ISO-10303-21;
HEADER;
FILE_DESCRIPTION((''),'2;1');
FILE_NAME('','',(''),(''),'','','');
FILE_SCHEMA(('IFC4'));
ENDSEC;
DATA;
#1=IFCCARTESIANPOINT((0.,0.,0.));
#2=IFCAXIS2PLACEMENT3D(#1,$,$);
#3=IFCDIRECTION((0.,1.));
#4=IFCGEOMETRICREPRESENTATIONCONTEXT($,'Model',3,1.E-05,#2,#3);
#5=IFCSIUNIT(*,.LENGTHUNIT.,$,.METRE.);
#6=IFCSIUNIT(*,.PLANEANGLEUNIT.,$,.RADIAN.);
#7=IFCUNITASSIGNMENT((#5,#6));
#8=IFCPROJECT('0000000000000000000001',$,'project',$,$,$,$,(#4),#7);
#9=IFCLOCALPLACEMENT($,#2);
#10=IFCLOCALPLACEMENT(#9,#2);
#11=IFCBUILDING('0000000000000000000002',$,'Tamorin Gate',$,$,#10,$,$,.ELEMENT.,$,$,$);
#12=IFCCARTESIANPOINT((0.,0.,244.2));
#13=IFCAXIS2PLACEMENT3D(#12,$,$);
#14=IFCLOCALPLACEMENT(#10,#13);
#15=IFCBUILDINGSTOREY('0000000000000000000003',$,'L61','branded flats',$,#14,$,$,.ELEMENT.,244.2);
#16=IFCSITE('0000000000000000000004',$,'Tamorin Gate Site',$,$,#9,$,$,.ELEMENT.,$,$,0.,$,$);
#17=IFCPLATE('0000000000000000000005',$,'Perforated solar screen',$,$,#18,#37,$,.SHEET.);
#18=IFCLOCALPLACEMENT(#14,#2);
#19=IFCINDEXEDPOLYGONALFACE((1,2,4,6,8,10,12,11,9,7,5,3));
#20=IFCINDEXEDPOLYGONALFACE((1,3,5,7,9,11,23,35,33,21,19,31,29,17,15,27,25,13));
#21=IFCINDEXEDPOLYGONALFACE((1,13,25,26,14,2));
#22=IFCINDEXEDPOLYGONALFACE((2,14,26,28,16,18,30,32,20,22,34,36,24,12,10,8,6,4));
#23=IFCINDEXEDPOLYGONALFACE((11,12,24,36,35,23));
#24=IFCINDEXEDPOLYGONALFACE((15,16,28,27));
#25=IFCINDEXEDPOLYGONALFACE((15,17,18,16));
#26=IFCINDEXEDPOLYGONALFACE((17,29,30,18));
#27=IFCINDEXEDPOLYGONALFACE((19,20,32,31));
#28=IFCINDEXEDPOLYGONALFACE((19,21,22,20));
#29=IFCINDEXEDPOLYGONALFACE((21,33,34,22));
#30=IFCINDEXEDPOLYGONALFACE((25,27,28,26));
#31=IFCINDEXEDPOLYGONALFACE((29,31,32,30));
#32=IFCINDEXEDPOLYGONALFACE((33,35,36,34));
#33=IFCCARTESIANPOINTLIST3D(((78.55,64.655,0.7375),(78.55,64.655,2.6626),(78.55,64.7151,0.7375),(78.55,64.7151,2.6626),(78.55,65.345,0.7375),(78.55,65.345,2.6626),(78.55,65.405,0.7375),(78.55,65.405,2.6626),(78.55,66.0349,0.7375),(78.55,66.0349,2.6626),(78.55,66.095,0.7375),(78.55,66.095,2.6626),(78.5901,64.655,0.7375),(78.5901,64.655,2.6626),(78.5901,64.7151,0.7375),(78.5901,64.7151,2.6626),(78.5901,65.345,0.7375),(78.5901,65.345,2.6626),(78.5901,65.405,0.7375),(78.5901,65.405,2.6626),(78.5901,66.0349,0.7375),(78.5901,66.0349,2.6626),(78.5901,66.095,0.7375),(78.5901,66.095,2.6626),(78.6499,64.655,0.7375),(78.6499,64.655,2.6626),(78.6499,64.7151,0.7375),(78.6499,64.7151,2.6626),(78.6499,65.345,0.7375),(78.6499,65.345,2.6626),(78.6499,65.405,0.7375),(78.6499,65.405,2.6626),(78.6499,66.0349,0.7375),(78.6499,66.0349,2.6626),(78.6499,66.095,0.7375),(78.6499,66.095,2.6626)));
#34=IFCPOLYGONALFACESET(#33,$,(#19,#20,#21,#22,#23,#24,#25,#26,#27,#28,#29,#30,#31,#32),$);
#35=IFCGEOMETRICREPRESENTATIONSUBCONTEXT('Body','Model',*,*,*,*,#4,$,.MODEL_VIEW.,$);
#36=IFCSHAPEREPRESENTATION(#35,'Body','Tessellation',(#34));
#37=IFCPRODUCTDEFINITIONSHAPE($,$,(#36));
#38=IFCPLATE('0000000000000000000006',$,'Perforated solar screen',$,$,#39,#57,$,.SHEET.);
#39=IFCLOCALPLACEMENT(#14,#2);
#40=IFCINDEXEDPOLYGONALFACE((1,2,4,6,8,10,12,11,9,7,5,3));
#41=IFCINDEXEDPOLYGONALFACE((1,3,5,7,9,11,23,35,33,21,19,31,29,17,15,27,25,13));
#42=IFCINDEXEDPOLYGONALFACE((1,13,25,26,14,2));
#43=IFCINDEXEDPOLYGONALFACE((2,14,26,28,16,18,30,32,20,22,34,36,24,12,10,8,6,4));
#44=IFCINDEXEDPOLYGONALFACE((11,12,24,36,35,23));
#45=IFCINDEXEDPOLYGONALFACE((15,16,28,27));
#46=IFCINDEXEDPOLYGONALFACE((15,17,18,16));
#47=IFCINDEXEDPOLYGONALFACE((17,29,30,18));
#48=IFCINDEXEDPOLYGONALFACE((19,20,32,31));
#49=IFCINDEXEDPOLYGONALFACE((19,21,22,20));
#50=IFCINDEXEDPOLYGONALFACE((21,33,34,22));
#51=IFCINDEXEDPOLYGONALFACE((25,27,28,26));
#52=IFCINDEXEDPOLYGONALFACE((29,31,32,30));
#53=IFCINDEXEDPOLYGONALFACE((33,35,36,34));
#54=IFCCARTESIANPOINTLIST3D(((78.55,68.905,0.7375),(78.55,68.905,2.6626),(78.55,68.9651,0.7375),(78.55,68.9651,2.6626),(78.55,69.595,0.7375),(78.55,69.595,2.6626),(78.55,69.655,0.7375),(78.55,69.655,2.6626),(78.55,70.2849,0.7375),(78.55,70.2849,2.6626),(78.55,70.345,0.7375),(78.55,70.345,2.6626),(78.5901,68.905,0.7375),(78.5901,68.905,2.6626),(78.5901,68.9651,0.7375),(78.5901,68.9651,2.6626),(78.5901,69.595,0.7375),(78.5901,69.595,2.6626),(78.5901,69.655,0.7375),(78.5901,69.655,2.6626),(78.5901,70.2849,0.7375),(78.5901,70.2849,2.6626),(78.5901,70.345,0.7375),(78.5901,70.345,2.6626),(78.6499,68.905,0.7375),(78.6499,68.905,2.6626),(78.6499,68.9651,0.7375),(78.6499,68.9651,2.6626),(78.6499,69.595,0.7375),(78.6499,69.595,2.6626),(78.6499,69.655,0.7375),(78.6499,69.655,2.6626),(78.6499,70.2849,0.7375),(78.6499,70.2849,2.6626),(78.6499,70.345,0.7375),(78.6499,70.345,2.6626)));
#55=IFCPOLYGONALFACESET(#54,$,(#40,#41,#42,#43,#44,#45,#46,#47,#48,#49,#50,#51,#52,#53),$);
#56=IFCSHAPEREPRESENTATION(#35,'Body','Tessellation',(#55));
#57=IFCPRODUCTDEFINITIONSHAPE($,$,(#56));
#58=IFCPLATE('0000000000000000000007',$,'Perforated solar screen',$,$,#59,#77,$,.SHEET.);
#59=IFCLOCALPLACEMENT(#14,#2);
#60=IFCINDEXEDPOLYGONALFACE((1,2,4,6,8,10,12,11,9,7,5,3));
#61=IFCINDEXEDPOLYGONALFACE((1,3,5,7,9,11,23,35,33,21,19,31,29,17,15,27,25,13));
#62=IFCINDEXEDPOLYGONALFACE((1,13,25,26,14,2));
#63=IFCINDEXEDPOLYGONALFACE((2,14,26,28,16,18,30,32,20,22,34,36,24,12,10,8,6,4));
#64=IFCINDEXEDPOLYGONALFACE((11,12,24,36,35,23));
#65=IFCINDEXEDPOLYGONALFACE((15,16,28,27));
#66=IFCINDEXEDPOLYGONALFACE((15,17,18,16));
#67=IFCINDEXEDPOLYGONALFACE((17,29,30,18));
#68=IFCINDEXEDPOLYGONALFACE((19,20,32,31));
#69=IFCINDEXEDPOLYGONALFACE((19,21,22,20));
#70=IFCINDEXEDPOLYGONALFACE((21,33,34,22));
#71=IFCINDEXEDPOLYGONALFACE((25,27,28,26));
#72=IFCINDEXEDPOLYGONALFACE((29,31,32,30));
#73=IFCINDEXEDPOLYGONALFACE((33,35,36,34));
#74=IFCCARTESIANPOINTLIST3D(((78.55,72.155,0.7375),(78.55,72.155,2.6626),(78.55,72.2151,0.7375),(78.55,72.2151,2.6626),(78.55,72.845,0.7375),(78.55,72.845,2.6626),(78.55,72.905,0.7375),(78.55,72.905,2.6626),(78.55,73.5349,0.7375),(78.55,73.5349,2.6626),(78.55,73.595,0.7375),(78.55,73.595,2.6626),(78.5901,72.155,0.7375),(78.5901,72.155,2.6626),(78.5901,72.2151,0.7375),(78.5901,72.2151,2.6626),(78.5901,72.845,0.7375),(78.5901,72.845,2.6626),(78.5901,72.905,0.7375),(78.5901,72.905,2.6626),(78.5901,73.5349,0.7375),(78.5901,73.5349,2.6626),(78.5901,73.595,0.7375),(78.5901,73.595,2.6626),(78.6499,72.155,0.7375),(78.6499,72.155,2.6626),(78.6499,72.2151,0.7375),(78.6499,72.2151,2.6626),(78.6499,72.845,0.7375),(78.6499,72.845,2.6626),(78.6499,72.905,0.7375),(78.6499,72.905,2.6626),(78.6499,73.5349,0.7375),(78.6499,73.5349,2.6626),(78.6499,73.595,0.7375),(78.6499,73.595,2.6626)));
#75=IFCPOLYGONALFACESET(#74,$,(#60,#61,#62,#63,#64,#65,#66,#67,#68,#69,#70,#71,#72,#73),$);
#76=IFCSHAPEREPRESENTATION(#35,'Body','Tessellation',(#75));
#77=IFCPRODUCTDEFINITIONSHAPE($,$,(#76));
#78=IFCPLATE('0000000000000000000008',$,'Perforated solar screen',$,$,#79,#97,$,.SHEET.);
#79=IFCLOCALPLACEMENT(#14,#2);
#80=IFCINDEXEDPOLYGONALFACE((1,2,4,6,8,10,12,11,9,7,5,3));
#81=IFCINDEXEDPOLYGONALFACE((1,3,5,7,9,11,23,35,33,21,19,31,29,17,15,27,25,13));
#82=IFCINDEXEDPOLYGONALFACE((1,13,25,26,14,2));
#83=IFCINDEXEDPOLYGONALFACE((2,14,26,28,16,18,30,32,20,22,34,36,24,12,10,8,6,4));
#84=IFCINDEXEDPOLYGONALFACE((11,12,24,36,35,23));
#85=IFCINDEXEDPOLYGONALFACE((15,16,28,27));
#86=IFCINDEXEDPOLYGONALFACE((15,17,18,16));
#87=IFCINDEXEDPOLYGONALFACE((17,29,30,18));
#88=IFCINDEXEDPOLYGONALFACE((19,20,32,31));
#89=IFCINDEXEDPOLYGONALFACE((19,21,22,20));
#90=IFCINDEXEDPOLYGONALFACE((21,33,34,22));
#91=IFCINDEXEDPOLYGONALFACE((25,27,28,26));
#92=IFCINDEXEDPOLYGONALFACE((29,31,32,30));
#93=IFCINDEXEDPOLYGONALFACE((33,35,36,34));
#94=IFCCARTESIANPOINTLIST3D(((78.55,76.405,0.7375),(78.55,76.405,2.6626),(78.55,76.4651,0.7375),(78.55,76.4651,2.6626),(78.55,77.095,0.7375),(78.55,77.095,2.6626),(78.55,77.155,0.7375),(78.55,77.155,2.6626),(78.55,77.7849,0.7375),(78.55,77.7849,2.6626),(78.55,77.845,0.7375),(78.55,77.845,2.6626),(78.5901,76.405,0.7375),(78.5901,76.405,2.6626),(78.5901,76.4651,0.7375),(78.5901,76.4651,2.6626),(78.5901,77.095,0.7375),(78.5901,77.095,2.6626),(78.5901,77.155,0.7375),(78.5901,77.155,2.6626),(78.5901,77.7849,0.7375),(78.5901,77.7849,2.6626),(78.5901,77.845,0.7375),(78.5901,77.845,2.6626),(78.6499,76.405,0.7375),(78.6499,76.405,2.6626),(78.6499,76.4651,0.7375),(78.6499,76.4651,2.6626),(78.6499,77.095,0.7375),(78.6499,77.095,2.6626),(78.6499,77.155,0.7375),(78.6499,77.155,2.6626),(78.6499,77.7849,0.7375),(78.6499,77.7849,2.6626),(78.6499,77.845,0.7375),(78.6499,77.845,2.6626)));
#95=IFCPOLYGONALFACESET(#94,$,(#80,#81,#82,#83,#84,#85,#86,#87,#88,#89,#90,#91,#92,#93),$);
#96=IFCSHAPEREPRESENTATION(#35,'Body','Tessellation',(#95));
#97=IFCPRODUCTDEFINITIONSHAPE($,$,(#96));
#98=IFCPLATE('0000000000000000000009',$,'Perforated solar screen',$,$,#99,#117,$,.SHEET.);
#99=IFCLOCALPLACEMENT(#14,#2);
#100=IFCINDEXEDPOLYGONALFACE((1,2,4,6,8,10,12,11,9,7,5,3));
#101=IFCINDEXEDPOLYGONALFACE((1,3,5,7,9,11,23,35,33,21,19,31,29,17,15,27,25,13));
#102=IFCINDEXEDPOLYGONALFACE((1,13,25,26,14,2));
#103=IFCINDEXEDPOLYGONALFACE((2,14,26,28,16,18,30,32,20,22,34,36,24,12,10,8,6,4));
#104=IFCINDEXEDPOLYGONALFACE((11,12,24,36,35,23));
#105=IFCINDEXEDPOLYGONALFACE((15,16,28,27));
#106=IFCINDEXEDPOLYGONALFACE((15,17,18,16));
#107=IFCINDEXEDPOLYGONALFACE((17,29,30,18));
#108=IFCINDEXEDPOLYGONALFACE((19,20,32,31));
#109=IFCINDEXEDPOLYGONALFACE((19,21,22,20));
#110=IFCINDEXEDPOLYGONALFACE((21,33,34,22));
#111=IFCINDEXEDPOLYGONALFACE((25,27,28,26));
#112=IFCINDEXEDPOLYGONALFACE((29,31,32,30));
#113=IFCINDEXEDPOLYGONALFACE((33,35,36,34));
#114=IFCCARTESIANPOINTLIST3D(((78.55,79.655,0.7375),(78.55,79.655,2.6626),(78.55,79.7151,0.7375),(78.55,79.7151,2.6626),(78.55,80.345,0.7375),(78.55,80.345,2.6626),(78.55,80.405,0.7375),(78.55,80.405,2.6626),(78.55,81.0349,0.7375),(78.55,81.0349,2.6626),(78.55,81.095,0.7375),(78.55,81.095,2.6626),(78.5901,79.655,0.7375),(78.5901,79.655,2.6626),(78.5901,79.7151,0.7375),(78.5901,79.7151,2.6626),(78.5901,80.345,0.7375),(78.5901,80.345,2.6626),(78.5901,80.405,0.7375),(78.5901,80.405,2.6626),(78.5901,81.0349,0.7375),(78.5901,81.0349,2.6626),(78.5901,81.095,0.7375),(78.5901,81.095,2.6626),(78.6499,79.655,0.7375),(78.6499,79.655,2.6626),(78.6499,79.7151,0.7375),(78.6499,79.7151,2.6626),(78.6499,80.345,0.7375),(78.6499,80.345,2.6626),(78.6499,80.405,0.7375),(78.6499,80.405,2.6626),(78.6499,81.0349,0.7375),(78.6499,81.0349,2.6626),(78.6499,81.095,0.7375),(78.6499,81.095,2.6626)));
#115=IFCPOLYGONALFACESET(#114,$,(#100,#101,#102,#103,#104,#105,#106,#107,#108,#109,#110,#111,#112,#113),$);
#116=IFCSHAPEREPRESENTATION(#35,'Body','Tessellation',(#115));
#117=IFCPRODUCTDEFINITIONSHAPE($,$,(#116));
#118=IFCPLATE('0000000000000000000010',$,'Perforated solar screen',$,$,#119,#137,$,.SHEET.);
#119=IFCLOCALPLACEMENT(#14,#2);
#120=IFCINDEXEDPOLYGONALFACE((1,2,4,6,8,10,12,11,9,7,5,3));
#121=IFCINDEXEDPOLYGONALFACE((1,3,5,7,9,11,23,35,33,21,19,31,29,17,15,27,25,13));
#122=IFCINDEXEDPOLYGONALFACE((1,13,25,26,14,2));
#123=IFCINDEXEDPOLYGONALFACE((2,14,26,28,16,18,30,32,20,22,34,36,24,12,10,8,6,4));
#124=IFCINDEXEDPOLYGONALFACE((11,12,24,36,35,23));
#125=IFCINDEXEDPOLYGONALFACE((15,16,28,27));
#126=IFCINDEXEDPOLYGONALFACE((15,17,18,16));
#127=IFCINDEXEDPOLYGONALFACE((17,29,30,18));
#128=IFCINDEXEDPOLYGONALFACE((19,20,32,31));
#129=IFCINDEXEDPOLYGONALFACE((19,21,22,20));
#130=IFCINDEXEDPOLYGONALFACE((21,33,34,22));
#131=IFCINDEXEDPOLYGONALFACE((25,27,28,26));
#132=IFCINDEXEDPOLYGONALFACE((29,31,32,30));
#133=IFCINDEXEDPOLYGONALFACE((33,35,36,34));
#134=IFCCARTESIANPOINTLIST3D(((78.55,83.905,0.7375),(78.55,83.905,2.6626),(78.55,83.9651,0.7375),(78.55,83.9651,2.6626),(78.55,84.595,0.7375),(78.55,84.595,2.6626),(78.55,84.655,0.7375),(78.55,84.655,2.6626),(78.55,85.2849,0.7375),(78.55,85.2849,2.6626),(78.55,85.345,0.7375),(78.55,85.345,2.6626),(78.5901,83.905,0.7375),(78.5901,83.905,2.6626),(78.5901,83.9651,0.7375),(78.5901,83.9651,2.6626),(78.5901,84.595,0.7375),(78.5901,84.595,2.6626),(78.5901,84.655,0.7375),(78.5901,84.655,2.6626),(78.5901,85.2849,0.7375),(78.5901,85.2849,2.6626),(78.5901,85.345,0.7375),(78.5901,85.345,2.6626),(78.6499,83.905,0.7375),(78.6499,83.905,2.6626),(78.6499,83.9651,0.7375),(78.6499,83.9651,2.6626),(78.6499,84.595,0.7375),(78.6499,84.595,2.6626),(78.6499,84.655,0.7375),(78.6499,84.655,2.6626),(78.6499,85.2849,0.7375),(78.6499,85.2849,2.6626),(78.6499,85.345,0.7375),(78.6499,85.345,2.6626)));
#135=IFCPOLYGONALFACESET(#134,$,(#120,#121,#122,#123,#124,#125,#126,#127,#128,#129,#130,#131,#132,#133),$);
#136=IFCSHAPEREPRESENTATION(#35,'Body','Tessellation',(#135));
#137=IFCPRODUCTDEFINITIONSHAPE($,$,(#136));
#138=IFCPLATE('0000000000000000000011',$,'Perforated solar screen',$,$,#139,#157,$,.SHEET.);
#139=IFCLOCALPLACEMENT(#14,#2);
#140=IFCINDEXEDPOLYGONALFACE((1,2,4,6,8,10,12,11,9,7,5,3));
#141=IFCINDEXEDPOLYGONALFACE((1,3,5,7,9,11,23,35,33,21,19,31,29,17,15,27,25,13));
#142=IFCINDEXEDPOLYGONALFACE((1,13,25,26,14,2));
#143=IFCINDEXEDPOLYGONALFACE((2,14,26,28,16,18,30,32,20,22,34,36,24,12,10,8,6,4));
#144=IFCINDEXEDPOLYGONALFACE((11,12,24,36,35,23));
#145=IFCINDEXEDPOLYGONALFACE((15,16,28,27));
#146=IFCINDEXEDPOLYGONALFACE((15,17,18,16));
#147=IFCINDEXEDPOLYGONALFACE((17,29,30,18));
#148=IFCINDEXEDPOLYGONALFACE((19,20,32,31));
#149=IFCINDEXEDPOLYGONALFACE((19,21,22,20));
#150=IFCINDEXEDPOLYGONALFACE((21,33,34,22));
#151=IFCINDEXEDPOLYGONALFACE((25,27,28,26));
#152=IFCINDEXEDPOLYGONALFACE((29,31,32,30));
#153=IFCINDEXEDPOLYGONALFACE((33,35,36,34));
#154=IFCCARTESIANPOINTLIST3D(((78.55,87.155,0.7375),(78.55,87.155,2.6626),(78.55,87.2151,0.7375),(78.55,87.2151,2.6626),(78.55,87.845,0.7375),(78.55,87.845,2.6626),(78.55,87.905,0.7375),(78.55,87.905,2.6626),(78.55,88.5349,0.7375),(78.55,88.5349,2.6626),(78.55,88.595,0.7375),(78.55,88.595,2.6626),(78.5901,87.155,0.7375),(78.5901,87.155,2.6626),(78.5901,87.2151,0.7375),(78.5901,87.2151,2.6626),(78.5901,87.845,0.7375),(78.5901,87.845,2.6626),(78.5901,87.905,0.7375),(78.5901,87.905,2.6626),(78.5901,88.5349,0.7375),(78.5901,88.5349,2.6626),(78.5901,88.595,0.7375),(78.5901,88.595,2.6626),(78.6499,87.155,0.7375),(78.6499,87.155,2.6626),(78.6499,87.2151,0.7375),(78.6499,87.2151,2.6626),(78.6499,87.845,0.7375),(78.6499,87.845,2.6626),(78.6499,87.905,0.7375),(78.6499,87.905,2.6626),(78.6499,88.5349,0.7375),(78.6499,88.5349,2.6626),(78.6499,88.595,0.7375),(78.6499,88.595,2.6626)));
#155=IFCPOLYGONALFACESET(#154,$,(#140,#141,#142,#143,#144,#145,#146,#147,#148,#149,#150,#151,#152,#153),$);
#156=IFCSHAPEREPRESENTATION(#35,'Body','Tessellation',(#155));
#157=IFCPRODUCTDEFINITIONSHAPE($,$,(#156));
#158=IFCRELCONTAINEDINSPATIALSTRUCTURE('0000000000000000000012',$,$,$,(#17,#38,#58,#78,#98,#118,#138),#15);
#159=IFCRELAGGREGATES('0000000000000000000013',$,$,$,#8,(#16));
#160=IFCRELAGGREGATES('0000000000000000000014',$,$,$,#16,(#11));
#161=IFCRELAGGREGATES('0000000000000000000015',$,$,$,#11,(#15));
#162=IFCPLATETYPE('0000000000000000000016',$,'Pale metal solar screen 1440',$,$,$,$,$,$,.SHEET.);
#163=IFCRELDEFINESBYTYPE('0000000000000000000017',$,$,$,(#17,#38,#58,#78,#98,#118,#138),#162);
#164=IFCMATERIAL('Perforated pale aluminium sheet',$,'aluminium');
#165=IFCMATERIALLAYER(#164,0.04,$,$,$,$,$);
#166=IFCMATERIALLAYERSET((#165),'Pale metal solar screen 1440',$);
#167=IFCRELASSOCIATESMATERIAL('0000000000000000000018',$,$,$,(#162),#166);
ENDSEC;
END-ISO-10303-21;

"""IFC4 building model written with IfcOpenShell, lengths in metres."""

from ifc_helpers import new_model, si_unit, direction, frame, origin, place, context, subcontext, project, spatial, polyline, outline, extrude, material, layer, layer_set, type_object, element, save


model = new_model("IFC4")

# Units and contexts
model_context = context("Model", 3, precision=1e-05, world=origin(), true_north=direction((0.0, 1.0)))
body_context = subcontext(model_context, "Body", "Model", "MODEL_VIEW")
ifc_project = project(units=[si_unit("LENGTHUNIT", "METRE"), si_unit("PLANEANGLEUNIT", "RADIAN")], contexts=[model_context])

# Site, building, storey
site_placement = place(None, origin())
site = spatial("IfcSite", under=ifc_project, at=site_placement, Name="Tamorin Gate Site", CompositionType="ELEMENT", RefElevation=0.0)
building_placement = place(site_placement, origin())
building = spatial("IfcBuilding", under=site, at=building_placement, Name="Tamorin Gate", CompositionType="ELEMENT")
storey_placement = place(building_placement, frame((0.0, 0.0, 244.2)))
storey = spatial("IfcBuildingStorey", under=building, at=storey_placement, Name="L61", Description="branded flats", CompositionType="ELEMENT", Elevation=244.2)

# Plates
ifc_material_1 = material(Name="Perforated pale aluminium sheet", Category="aluminium")
ifc_layer_1 = layer(ifc_material_1, 0.04)
ifc_layer_set_1 = layer_set([ifc_layer_1], Name="Pale metal solar screen 1440")
plate_type = type_object("IfcPlateType", Name="Pale metal solar screen 1440", PredefinedType="SHEET", material=ifc_layer_set_1)
plate_1_placement = place(storey_placement, frame((0.0, 0.0, 0.7375)))
element("IfcPlate", 1, at=plate_1_placement, inside=storey, type_object=plate_type, Name="Perforated solar screen", PredefinedType="SHEET", context=body_context, shape_type="SweptSolid", body=[
    extrude(outline(polyline([(78.5901, 64.655), (78.55, 64.655), (78.55, 64.7151), (78.55, 65.345), (78.55, 65.405), (78.55, 66.0349), (78.55, 66.095), (78.5901, 66.095), (78.6499, 66.095), (78.6499, 66.0349), (78.5901, 66.0349), (78.5901, 65.405), (78.6499, 65.405), (78.6499, 65.345), (78.5901, 65.345), (78.5901, 64.7151), (78.6499, 64.7151), (78.6499, 64.655), (78.5901, 64.655)])), origin(), (0.0, 0.0, 1.0), 1.925),
])
plate_2_placement = place(storey_placement, frame((0.0, 0.0, 0.7375)))
element("IfcPlate", 2, at=plate_2_placement, inside=storey, type_object=plate_type, Name="Perforated solar screen", PredefinedType="SHEET", context=body_context, shape_type="SweptSolid", body=[
    extrude(outline(polyline([(78.5901, 68.905), (78.55, 68.905), (78.55, 68.9651), (78.55, 69.595), (78.55, 69.655), (78.55, 70.2849), (78.55, 70.345), (78.5901, 70.345), (78.6499, 70.345), (78.6499, 70.2849), (78.5901, 70.2849), (78.5901, 69.655), (78.6499, 69.655), (78.6499, 69.595), (78.5901, 69.595), (78.5901, 68.9651), (78.6499, 68.9651), (78.6499, 68.905), (78.5901, 68.905)])), origin(), (0.0, 0.0, 1.0), 1.925),
])
plate_3_placement = place(storey_placement, frame((0.0, 0.0, 0.7375)))
element("IfcPlate", 3, at=plate_3_placement, inside=storey, type_object=plate_type, Name="Perforated solar screen", PredefinedType="SHEET", context=body_context, shape_type="SweptSolid", body=[
    extrude(outline(polyline([(78.5901, 72.155), (78.55, 72.155), (78.55, 72.2151), (78.55, 72.845), (78.55, 72.905), (78.55, 73.5349), (78.55, 73.595), (78.5901, 73.595), (78.6499, 73.595), (78.6499, 73.5349), (78.5901, 73.5349), (78.5901, 72.905), (78.6499, 72.905), (78.6499, 72.845), (78.5901, 72.845), (78.5901, 72.2151), (78.6499, 72.2151), (78.6499, 72.155), (78.5901, 72.155)])), origin(), (0.0, 0.0, 1.0), 1.925),
])
plate_4_placement = place(storey_placement, frame((0.0, 0.0, 0.7375)))
element("IfcPlate", 4, at=plate_4_placement, inside=storey, type_object=plate_type, Name="Perforated solar screen", PredefinedType="SHEET", context=body_context, shape_type="SweptSolid", body=[
    extrude(outline(polyline([(78.5901, 76.405), (78.55, 76.405), (78.55, 76.4651), (78.55, 77.095), (78.55, 77.155), (78.55, 77.7849), (78.55, 77.845), (78.5901, 77.845), (78.6499, 77.845), (78.6499, 77.7849), (78.5901, 77.7849), (78.5901, 77.155), (78.6499, 77.155), (78.6499, 77.095), (78.5901, 77.095), (78.5901, 76.4651), (78.6499, 76.4651), (78.6499, 76.405), (78.5901, 76.405)])), origin(), (0.0, 0.0, 1.0), 1.925),
])
plate_5_placement = place(storey_placement, frame((0.0, 0.0, 0.7375)))
element("IfcPlate", 5, at=plate_5_placement, inside=storey, type_object=plate_type, Name="Perforated solar screen", PredefinedType="SHEET", context=body_context, shape_type="SweptSolid", body=[
    extrude(outline(polyline([(78.5901, 79.655), (78.55, 79.655), (78.55, 79.7151), (78.55, 80.345), (78.55, 80.405), (78.55, 81.0349), (78.55, 81.095), (78.5901, 81.095), (78.6499, 81.095), (78.6499, 81.0349), (78.5901, 81.0349), (78.5901, 80.405), (78.6499, 80.405), (78.6499, 80.345), (78.5901, 80.345), (78.5901, 79.7151), (78.6499, 79.7151), (78.6499, 79.655), (78.5901, 79.655)])), origin(), (0.0, 0.0, 1.0), 1.925),
])
plate_6_placement = place(storey_placement, frame((0.0, 0.0, 0.7375)))
element("IfcPlate", 6, at=plate_6_placement, inside=storey, type_object=plate_type, Name="Perforated solar screen", PredefinedType="SHEET", context=body_context, shape_type="SweptSolid", body=[
    extrude(outline(polyline([(78.5901, 83.905), (78.55, 83.905), (78.55, 83.9651), (78.55, 84.595), (78.55, 84.655), (78.55, 85.2849), (78.55, 85.345), (78.5901, 85.345), (78.6499, 85.345), (78.6499, 85.2849), (78.5901, 85.2849), (78.5901, 84.655), (78.6499, 84.655), (78.6499, 84.595), (78.5901, 84.595), (78.5901, 83.9651), (78.6499, 83.9651), (78.6499, 83.905), (78.5901, 83.905)])), origin(), (0.0, 0.0, 1.0), 1.925),
])
plate_7_placement = place(storey_placement, frame((0.0, 0.0, 0.7375)))
element("IfcPlate", 7, at=plate_7_placement, inside=storey, type_object=plate_type, Name="Perforated solar screen", PredefinedType="SHEET", context=body_context, shape_type="SweptSolid", body=[
    extrude(outline(polyline([(78.5901, 87.155), (78.55, 87.155), (78.55, 87.2151), (78.55, 87.845), (78.55, 87.905), (78.55, 88.5349), (78.55, 88.595), (78.5901, 88.595), (78.6499, 88.595), (78.6499, 88.5349), (78.5901, 88.5349), (78.5901, 87.905), (78.6499, 87.905), (78.6499, 87.845), (78.5901, 87.845), (78.5901, 87.2151), (78.6499, 87.2151), (78.6499, 87.155), (78.5901, 87.155)])), origin(), (0.0, 0.0, 1.0), 1.925),
])

save(model, "model.ifc")
